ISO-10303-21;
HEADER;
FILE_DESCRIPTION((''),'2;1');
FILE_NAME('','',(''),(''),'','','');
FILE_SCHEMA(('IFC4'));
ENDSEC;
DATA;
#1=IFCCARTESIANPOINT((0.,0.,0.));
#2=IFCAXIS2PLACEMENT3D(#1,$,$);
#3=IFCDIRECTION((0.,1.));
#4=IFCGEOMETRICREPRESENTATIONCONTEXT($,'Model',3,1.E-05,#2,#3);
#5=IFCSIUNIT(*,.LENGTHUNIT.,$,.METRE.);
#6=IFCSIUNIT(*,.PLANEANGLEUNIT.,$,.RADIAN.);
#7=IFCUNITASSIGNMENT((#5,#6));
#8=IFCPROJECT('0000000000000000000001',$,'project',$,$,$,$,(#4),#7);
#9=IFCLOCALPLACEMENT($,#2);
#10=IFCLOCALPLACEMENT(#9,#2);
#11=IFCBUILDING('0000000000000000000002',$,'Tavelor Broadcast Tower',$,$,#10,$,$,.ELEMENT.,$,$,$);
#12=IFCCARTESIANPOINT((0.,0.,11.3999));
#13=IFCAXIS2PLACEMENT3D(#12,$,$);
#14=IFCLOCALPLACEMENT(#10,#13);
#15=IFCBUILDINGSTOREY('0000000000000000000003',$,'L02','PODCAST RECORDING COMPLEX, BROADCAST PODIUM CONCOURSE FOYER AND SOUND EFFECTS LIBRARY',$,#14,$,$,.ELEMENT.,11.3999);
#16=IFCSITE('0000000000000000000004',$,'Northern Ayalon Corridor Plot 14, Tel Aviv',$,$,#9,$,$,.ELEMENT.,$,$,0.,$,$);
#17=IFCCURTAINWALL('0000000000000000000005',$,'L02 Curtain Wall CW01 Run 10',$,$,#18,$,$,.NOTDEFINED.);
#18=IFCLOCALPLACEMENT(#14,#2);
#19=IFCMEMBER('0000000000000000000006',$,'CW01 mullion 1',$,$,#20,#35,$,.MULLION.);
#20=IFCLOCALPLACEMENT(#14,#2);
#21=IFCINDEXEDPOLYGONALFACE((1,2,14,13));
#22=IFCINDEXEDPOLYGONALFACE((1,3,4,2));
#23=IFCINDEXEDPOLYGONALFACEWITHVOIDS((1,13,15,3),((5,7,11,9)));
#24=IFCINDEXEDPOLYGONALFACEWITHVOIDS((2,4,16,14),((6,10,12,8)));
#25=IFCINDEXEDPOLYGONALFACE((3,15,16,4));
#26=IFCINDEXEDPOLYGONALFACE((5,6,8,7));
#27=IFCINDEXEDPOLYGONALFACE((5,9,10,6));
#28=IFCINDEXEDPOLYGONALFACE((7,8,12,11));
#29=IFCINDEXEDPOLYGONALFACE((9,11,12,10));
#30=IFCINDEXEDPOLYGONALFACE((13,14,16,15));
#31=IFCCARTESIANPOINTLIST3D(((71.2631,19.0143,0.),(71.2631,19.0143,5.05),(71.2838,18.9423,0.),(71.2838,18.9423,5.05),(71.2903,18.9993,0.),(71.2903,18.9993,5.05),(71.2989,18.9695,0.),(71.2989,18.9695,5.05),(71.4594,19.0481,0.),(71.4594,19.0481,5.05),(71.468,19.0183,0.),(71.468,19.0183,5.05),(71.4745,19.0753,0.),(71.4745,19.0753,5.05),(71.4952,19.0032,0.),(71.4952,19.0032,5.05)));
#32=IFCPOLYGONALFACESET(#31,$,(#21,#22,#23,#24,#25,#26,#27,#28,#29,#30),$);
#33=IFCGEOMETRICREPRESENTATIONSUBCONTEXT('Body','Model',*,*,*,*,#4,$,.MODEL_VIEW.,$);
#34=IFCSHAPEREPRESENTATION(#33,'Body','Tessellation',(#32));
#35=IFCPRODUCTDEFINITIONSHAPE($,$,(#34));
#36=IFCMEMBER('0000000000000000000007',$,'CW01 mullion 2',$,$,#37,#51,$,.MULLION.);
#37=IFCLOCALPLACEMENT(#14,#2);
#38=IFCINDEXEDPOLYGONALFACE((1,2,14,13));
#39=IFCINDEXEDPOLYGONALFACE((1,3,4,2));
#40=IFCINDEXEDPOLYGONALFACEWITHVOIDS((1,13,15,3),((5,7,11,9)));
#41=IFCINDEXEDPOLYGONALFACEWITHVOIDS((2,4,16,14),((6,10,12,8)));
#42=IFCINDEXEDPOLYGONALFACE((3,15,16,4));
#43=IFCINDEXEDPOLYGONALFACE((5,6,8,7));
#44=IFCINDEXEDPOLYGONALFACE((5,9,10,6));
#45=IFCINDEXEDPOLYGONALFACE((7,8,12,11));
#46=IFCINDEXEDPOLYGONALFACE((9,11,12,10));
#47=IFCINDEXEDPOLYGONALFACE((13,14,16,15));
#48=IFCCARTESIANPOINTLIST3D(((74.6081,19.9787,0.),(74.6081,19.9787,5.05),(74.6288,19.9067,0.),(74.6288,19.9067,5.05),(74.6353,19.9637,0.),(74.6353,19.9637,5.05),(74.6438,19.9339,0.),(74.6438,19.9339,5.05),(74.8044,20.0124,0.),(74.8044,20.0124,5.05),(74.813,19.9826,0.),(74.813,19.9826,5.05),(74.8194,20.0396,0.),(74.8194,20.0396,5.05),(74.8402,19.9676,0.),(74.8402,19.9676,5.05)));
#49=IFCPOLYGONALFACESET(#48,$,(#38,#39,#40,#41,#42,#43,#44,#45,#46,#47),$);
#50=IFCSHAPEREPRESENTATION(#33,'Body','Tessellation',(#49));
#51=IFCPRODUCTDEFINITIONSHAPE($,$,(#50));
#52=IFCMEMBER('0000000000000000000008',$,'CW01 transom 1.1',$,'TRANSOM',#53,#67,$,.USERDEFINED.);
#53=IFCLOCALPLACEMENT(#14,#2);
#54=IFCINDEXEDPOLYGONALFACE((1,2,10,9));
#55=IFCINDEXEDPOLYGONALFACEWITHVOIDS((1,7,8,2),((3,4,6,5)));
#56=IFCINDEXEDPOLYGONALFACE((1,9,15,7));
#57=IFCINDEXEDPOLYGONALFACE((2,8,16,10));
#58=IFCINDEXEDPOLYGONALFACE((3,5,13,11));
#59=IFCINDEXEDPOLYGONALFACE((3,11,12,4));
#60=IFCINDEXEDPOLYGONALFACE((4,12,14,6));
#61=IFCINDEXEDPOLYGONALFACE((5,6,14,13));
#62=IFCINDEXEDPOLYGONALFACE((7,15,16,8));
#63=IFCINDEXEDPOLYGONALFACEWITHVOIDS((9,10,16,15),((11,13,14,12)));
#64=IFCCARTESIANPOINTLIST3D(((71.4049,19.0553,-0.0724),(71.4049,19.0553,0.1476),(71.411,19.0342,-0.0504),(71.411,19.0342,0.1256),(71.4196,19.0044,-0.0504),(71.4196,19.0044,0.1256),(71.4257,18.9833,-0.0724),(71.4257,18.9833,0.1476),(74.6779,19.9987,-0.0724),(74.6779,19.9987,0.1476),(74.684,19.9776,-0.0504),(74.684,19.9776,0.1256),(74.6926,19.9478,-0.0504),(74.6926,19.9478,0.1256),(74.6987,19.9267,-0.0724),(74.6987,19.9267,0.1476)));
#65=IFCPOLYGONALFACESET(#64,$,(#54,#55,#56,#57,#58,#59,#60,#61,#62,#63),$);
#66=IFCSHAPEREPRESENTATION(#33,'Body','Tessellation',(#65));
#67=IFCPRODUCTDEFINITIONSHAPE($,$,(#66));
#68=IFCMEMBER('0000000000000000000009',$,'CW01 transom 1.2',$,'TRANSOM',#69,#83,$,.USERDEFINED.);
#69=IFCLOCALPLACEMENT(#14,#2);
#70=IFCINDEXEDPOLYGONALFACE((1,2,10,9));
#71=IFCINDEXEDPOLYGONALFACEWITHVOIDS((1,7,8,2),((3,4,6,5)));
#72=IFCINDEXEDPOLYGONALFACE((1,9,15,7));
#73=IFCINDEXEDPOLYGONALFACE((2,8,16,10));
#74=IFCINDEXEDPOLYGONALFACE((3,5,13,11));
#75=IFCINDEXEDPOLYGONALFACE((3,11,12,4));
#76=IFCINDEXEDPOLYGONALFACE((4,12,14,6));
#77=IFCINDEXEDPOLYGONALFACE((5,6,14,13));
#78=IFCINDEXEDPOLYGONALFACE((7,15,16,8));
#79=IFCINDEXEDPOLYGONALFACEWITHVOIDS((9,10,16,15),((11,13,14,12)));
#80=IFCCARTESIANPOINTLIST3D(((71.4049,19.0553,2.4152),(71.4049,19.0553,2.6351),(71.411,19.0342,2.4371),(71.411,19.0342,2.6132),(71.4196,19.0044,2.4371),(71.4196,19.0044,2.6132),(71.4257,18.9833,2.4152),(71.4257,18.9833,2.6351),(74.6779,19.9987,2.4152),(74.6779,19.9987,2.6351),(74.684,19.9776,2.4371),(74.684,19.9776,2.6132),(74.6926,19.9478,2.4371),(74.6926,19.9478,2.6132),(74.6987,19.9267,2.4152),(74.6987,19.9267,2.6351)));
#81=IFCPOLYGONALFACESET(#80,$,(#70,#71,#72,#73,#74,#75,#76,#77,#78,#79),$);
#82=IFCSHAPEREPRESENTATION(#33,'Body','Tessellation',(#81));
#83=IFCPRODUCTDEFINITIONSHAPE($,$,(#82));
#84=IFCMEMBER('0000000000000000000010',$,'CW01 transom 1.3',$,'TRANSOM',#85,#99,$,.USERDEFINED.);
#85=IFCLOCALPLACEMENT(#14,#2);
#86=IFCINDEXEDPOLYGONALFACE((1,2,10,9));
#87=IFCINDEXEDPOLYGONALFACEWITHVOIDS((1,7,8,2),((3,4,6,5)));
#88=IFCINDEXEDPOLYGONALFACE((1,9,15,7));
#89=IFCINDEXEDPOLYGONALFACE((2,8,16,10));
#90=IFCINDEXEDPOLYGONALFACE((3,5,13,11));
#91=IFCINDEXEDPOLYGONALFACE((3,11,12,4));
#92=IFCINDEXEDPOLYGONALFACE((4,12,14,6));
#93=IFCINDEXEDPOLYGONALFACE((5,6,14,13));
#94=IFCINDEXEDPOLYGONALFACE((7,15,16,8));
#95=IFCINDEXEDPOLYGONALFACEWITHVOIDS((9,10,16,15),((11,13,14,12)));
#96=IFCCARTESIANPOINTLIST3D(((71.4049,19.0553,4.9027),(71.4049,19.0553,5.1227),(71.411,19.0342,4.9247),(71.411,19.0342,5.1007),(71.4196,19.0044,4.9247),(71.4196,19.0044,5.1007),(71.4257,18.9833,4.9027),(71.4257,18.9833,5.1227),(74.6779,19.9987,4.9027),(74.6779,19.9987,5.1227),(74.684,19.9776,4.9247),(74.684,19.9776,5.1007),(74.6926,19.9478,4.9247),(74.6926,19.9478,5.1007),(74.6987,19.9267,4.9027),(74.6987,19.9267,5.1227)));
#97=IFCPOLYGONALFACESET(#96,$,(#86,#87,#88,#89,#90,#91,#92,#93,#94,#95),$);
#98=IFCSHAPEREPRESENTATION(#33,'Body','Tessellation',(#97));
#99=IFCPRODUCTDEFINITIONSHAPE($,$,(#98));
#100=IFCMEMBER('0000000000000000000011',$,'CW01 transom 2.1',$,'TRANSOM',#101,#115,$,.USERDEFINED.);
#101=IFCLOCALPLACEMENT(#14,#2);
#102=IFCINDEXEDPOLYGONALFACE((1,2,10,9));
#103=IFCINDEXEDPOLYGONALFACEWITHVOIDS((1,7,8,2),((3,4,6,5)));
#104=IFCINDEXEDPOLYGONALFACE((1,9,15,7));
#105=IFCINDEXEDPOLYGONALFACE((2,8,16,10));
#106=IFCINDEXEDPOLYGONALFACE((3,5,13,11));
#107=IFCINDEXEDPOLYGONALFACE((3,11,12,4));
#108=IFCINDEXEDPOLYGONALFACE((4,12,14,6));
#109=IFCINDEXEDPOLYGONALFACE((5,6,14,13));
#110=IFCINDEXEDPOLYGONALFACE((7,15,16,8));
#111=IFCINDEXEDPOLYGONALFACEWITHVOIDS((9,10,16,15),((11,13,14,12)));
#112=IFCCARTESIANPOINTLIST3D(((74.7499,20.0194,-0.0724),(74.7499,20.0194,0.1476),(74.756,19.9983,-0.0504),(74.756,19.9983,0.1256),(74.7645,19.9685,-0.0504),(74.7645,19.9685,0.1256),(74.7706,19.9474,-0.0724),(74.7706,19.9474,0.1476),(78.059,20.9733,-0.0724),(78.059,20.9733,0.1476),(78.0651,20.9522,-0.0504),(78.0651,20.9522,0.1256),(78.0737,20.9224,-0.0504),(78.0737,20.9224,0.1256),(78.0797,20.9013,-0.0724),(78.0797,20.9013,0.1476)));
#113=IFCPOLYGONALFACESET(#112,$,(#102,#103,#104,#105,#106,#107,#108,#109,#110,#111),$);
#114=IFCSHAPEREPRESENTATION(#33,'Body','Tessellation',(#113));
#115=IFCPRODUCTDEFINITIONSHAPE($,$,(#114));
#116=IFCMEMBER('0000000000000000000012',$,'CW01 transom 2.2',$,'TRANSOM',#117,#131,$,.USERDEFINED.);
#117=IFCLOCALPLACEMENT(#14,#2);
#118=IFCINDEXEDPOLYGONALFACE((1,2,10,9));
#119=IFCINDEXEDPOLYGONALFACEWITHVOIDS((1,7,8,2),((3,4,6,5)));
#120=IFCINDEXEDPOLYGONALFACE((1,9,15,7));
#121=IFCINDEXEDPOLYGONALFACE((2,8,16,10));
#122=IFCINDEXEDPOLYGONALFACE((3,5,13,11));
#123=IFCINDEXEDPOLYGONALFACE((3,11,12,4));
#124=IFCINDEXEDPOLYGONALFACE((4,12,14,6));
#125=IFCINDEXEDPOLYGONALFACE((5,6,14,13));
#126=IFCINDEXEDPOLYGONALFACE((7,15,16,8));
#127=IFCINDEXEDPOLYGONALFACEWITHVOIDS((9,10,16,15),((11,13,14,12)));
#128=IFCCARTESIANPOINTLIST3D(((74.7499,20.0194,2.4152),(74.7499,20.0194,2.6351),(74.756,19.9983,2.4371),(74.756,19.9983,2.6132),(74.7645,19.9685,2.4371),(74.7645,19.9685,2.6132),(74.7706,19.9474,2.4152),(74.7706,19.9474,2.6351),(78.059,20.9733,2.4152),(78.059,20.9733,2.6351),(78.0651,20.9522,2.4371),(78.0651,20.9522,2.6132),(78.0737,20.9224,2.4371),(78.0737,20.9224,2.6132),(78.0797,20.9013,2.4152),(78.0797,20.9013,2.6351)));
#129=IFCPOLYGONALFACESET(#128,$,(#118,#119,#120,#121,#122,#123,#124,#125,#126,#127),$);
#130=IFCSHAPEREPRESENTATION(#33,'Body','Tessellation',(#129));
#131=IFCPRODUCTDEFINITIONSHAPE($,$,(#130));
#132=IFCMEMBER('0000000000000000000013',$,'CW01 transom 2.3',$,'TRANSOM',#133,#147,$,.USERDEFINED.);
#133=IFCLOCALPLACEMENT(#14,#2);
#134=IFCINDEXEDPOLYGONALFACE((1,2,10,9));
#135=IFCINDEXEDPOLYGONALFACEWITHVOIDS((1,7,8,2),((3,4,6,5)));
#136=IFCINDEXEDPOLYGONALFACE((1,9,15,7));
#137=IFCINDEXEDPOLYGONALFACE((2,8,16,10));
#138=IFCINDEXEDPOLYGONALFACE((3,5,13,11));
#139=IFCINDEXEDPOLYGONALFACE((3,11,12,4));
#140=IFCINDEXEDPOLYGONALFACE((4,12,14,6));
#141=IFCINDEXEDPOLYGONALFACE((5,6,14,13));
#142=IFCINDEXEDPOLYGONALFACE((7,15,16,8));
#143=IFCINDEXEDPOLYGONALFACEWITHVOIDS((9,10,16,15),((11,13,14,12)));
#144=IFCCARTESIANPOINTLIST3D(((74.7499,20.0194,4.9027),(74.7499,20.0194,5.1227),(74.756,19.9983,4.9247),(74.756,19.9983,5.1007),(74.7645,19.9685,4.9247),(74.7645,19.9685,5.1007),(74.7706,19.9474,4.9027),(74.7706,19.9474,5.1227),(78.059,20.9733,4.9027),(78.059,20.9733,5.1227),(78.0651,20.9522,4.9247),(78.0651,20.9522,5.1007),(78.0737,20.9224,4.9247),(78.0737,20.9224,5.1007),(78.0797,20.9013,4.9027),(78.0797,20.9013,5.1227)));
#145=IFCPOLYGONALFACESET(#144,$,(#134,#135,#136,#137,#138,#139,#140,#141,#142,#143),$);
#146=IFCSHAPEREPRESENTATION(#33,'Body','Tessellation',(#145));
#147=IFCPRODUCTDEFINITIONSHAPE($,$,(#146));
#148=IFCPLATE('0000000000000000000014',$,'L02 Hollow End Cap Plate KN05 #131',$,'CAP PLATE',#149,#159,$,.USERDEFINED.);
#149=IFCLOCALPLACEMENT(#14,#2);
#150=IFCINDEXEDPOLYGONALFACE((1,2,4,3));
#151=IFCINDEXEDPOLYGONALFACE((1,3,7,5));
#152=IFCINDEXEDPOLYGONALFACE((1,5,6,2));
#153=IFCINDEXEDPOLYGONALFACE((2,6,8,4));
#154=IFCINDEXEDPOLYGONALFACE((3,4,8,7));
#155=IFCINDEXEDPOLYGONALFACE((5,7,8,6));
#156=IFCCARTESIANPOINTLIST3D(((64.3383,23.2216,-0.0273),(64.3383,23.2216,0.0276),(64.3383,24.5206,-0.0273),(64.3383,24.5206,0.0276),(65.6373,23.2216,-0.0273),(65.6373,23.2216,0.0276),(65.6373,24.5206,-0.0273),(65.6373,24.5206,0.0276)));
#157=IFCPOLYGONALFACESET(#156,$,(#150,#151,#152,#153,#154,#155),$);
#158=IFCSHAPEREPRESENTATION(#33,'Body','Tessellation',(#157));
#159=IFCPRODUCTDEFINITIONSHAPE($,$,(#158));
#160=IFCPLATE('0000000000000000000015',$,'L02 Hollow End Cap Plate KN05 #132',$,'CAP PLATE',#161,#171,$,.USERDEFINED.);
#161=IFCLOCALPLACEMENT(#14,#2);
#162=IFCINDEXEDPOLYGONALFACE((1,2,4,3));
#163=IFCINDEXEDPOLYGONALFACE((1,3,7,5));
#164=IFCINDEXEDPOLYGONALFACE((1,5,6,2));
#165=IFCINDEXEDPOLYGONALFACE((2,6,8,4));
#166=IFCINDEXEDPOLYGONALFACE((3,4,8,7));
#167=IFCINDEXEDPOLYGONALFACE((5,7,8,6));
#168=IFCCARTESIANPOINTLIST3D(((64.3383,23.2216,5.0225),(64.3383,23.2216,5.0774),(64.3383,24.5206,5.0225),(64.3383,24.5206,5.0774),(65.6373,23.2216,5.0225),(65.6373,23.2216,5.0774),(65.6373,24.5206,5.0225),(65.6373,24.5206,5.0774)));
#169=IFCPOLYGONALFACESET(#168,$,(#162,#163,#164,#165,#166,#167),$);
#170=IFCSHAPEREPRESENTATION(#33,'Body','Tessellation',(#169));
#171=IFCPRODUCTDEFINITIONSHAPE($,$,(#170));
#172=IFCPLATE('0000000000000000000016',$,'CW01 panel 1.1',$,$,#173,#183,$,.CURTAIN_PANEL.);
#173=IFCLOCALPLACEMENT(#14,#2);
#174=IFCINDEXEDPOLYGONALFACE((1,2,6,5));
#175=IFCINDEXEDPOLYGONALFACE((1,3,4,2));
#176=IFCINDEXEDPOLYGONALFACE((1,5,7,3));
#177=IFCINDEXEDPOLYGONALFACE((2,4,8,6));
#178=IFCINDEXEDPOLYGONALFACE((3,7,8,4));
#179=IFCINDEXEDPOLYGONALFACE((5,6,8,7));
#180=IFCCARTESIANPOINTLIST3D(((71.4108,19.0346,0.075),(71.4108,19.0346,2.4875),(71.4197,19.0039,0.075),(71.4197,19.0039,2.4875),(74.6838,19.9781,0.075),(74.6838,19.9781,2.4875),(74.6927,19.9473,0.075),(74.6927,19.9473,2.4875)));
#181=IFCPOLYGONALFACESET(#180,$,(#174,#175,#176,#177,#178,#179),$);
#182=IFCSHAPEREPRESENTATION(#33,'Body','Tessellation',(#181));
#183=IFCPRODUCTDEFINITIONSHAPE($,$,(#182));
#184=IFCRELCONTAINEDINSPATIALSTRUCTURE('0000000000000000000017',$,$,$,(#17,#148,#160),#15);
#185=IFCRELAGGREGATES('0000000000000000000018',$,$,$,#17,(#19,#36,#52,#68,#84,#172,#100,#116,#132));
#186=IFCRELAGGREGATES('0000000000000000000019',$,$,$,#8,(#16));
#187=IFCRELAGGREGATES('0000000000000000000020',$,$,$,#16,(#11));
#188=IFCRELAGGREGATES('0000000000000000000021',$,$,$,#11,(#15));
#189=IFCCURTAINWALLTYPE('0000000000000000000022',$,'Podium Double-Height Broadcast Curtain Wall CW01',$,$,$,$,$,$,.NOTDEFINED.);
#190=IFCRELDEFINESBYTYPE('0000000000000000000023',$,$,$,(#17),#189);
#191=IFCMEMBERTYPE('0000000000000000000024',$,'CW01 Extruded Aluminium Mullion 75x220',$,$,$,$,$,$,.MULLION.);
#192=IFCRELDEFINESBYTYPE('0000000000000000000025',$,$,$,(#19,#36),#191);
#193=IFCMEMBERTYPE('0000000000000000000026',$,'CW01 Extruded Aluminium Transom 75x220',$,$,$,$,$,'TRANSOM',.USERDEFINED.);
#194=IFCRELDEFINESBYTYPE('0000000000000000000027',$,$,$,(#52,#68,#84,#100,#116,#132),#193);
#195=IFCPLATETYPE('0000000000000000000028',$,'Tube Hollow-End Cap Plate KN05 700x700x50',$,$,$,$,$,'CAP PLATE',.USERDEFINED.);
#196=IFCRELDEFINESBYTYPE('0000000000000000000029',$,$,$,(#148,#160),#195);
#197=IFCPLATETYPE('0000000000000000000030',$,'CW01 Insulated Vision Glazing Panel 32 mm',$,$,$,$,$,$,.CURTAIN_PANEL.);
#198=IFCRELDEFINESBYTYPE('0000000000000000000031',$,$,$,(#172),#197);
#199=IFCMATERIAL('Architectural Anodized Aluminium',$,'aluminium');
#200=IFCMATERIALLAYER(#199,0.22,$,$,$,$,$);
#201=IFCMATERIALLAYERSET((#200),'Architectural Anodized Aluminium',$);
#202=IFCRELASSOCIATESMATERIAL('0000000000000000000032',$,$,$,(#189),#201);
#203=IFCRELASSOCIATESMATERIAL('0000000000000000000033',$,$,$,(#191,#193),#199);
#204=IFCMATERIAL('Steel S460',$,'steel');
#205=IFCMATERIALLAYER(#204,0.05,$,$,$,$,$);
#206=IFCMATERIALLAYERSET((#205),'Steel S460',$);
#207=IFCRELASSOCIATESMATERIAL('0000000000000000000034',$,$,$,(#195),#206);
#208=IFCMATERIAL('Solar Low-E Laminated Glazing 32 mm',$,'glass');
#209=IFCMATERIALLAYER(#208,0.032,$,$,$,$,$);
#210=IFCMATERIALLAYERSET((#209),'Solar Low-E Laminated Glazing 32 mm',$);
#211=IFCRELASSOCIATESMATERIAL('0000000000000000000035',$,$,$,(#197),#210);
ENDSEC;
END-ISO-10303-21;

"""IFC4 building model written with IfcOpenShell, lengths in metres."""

from ifc_helpers import new_model, si_unit, direction, frame, origin, origin_2d, place, context, subcontext, project, spatial, rectangle, hollow_rectangle, extrude, source, transform, mapped, material, layer, layer_set, material_profile, profile_set, type_object, type_shapes, element, aggregate, save


model = new_model("IFC4")

# Units and contexts
model_context = context("Model", 3, precision=1e-05, world=origin(), true_north=direction((0.0, 1.0)))
body_context = subcontext(model_context, "Body", "Model", "MODEL_VIEW")
ifc_project = project(units=[si_unit("LENGTHUNIT", "METRE"), si_unit("PLANEANGLEUNIT", "RADIAN")], contexts=[model_context])

# Site, building, storey
site_placement = place(None, origin())
site = spatial("IfcSite", under=ifc_project, at=site_placement, Name="Northern Ayalon Corridor Plot 14, Tel Aviv", CompositionType="ELEMENT", RefElevation=0.0)
building_placement = place(site_placement, origin())
building = spatial("IfcBuilding", under=site, at=building_placement, Name="Tavelor Broadcast Tower", CompositionType="ELEMENT")
storey_placement = place(building_placement, frame((0.0, 0.0, 11.3999)))
storey = spatial("IfcBuildingStorey", under=building, at=storey_placement, Name="L02", Description="PODCAST RECORDING COMPLEX, BROADCAST PODIUM CONCOURSE FOYER AND SOUND EFFECTS LIBRARY", CompositionType="ELEMENT", Elevation=11.3999)

# Shared definitions
ifc_material_1 = material(Name="Steel S460", Category="steel")

# Curtain wall, members
ifc_material_2 = material(Name="Architectural Anodized Aluminium", Category="aluminium")
ifc_layer_1 = layer(ifc_material_2, 0.22)
ifc_layer_set_1 = layer_set([ifc_layer_1], Name="Architectural Anodized Aluminium")
curtain_wall_type = type_object("IfcCurtainWallType", Name="Podium Double-Height Broadcast Curtain Wall CW01", PredefinedType="NOTDEFINED", material=ifc_layer_set_1)
curtain_wall_placement = place(storey_placement, origin())
curtain_wall = element("IfcCurtainWall", 1, at=curtain_wall_placement, inside=storey, type_object=curtain_wall_type, Name="L02 Curtain Wall CW01 Run 10", PredefinedType="NOTDEFINED")
ifc_material_profile_1 = material_profile(ifc_material_2, hollow_rectangle(XDim=0.075, YDim=0.22, WallThickness=0.022, at=origin_2d()), Name="RHS 75x220x22")
ifc_profile_set_1 = profile_set([ifc_material_profile_1], Name="Architectural Anodized Aluminium")
member_type_1 = type_object("IfcMemberType", Name="CW01 Extruded Aluminium Mullion 75x220", PredefinedType="MULLION", material=ifc_profile_set_1)
shared_shape_1 = source(origin(), body_context, "Body", "SweptSolid", [
    extrude(hollow_rectangle(XDim=0.075, YDim=0.22, WallThickness=0.022, at=origin_2d()), origin(), (0.0, 0.0, 1.0), 5.05),
])
type_shapes(member_type_1, [shared_shape_1])
member_1_placement = place(storey_placement, frame((71.3792, 19.0088, 0.0), z_axis=(0.0, 0.0, 1.0), x_axis=(-0.276977, 0.960876, 0.0)))
member_1 = element("IfcMember", 2, at=member_1_placement, type_object=member_type_1, Name="CW01 mullion 1", PredefinedType="MULLION", context=body_context, shape_type="MappedRepresentation", body=[
    mapped(shared_shape_1, transform((0.0, 0.0, 0.0), scale=1.0)),
])
member_2_placement = place(storey_placement, frame((74.7241, 19.9731, 0.0), z_axis=(0.0, 0.0, 1.0), x_axis=(-0.276977, 0.960876, 0.0)))
member_2 = element("IfcMember", 3, at=member_2_placement, type_object=member_type_1, Name="CW01 mullion 2", PredefinedType="MULLION", context=body_context, shape_type="MappedRepresentation", body=[
    mapped(shared_shape_1, transform((0.0, 0.0, 0.0), scale=1.0)),
])
ifc_material_profile_2 = material_profile(ifc_material_2, hollow_rectangle(XDim=0.075, YDim=0.22, WallThickness=0.022, at=origin_2d()), Name="RHS 75x220x22")
ifc_profile_set_2 = profile_set([ifc_material_profile_2], Name="Architectural Anodized Aluminium")
member_type_2 = type_object("IfcMemberType", Name="CW01 Extruded Aluminium Transom 75x220", ElementType="TRANSOM", PredefinedType="USERDEFINED", material=ifc_profile_set_2)
shared_shape_2 = source(origin(), body_context, "Body", "SweptSolid", [
    extrude(hollow_rectangle(XDim=0.075, YDim=0.22, WallThickness=0.022, at=origin_2d()), origin(), (0.0, 0.0, 1.0), 3.4062),
])
member_3_placement = place(storey_placement, frame((71.4153, 19.0193, 0.0376), z_axis=(0.960883, 0.276955, 0.0), x_axis=(-0.276955, 0.960883, 0.0)))
member_3 = element("IfcMember", 4, at=member_3_placement, type_object=member_type_2, Name="CW01 transom 1.1", ObjectType="TRANSOM", PredefinedType="USERDEFINED", context=body_context, shape_type="MappedRepresentation", body=[
    mapped(shared_shape_2, transform((0.0, 0.0, 0.0), scale=1.0)),
])
member_4_placement = place(storey_placement, frame((71.4153, 19.0193, 2.5251), z_axis=(0.960883, 0.276955, 0.0), x_axis=(-0.276955, 0.960883, 0.0)))
member_4 = element("IfcMember", 5, at=member_4_placement, type_object=member_type_2, Name="CW01 transom 1.2", ObjectType="TRANSOM", PredefinedType="USERDEFINED", context=body_context, shape_type="MappedRepresentation", body=[
    mapped(shared_shape_2, transform((0.0, 0.0, 0.0), scale=1.0)),
])
member_5_placement = place(storey_placement, frame((71.4153, 19.0193, 5.0127), z_axis=(0.960883, 0.276955, 0.0), x_axis=(-0.276955, 0.960883, 0.0)))
member_5 = element("IfcMember", 6, at=member_5_placement, type_object=member_type_2, Name="CW01 transom 1.3", ObjectType="TRANSOM", PredefinedType="USERDEFINED", context=body_context, shape_type="MappedRepresentation", body=[
    mapped(shared_shape_2, transform((0.0, 0.0, 0.0), scale=1.0)),
])
shared_shape_3 = source(origin(), body_context, "Body", "SweptSolid", [
    extrude(hollow_rectangle(XDim=0.075, YDim=0.22, WallThickness=0.022, at=origin_2d()), origin(), (0.0, 0.0, 1.0), 3.4438),
])
type_shapes(member_type_2, [shared_shape_2, shared_shape_3])
member_6_placement = place(storey_placement, frame((74.7603, 19.9834, 0.0376), z_axis=(0.960877, 0.276977, 0.0), x_axis=(-0.276977, 0.960877, 0.0)))
member_6 = element("IfcMember", 7, at=member_6_placement, type_object=member_type_2, Name="CW01 transom 2.1", ObjectType="TRANSOM", PredefinedType="USERDEFINED", context=body_context, shape_type="MappedRepresentation", body=[
    mapped(shared_shape_3, transform((0.0, 0.0, 0.0), scale=1.0)),
])
member_7_placement = place(storey_placement, frame((74.7603, 19.9834, 2.5251), z_axis=(0.960877, 0.276977, 0.0), x_axis=(-0.276977, 0.960877, 0.0)))
member_7 = element("IfcMember", 8, at=member_7_placement, type_object=member_type_2, Name="CW01 transom 2.2", ObjectType="TRANSOM", PredefinedType="USERDEFINED", context=body_context, shape_type="MappedRepresentation", body=[
    mapped(shared_shape_3, transform((0.0, 0.0, 0.0), scale=1.0)),
])
member_8_placement = place(storey_placement, frame((74.7603, 19.9834, 5.0127), z_axis=(0.960877, 0.276977, 0.0), x_axis=(-0.276977, 0.960877, 0.0)))
member_8 = element("IfcMember", 9, at=member_8_placement, type_object=member_type_2, Name="CW01 transom 2.3", ObjectType="TRANSOM", PredefinedType="USERDEFINED", context=body_context, shape_type="MappedRepresentation", body=[
    mapped(shared_shape_3, transform((0.0, 0.0, 0.0), scale=1.0)),
])

# Plates
ifc_layer_2 = layer(ifc_material_1, 0.05)
ifc_layer_set_2 = layer_set([ifc_layer_2], Name="Steel S460")
plate_type_1 = type_object("IfcPlateType", Name="Tube Hollow-End Cap Plate KN05 700x700x50", ElementType="CAP PLATE", PredefinedType="USERDEFINED", material=ifc_layer_set_2)
shared_shape_4 = source(origin(), body_context, "Body", "SweptSolid", [
    extrude(rectangle(XDim=1.2991, YDim=1.2991, at=origin_2d()), origin(), (0.0, 0.0, 1.0), 0.0549),
])
type_shapes(plate_type_1, [shared_shape_4])
for number, where, z_axis, x_axis, name in (
    (10, (64.9878, 23.8711, -0.0273), (0.0, 0.0, 1.0), (1.0, 0.0, 0.0), "L02 Hollow End Cap Plate KN05 #131"),
    (11, (64.9878, 23.8711, 5.0225), (0.0, 0.0, 1.0), (1.0, 0.0, 0.0), "L02 Hollow End Cap Plate KN05 #132"),
):
    element("IfcPlate", number, at=place(storey_placement, frame(where, z_axis=z_axis, x_axis=x_axis)), inside=storey, type_object=plate_type_1, Name=name, ObjectType="CAP PLATE", PredefinedType="USERDEFINED", context=body_context, shape_type="MappedRepresentation", body=[
        mapped(shared_shape_4, transform((0.0, 0.0, 0.0), scale=1.0)),
    ])

# Plate
ifc_material_3 = material(Name="Solar Low-E Laminated Glazing 32 mm", Category="glass")
ifc_layer_3 = layer(ifc_material_3, 0.032)
ifc_layer_set_3 = layer_set([ifc_layer_3], Name="Solar Low-E Laminated Glazing 32 mm")
plate_type_2 = type_object("IfcPlateType", Name="CW01 Insulated Vision Glazing Panel 32 mm", PredefinedType="CURTAIN_PANEL", material=ifc_layer_set_3)
shared_shape_5 = source(origin(), body_context, "Body", "SweptSolid", [
    extrude(rectangle(XDim=3.4062, YDim=0.032, at=origin_2d()), origin(), (0.0, 0.0, 1.0), 2.4126),
])
type_shapes(plate_type_2, [shared_shape_5])
plate_1_placement = place(storey_placement, frame((73.0518, 19.491, 0.075), z_axis=(0.0, 0.0, 1.0), x_axis=(0.960876, 0.276977, 0.0)))
plate_1 = element("IfcPlate", 12, at=plate_1_placement, type_object=plate_type_2, Name="CW01 panel 1.1", PredefinedType="CURTAIN_PANEL", context=body_context, shape_type="MappedRepresentation", body=[
    mapped(shared_shape_5, transform((0.0, 0.0, 0.0), scale=1.0)),
])
aggregate(curtain_wall, [member_1, member_2, member_3, member_4, member_5, plate_1, member_6, member_7, member_8])

save(model, "model.ifc")
